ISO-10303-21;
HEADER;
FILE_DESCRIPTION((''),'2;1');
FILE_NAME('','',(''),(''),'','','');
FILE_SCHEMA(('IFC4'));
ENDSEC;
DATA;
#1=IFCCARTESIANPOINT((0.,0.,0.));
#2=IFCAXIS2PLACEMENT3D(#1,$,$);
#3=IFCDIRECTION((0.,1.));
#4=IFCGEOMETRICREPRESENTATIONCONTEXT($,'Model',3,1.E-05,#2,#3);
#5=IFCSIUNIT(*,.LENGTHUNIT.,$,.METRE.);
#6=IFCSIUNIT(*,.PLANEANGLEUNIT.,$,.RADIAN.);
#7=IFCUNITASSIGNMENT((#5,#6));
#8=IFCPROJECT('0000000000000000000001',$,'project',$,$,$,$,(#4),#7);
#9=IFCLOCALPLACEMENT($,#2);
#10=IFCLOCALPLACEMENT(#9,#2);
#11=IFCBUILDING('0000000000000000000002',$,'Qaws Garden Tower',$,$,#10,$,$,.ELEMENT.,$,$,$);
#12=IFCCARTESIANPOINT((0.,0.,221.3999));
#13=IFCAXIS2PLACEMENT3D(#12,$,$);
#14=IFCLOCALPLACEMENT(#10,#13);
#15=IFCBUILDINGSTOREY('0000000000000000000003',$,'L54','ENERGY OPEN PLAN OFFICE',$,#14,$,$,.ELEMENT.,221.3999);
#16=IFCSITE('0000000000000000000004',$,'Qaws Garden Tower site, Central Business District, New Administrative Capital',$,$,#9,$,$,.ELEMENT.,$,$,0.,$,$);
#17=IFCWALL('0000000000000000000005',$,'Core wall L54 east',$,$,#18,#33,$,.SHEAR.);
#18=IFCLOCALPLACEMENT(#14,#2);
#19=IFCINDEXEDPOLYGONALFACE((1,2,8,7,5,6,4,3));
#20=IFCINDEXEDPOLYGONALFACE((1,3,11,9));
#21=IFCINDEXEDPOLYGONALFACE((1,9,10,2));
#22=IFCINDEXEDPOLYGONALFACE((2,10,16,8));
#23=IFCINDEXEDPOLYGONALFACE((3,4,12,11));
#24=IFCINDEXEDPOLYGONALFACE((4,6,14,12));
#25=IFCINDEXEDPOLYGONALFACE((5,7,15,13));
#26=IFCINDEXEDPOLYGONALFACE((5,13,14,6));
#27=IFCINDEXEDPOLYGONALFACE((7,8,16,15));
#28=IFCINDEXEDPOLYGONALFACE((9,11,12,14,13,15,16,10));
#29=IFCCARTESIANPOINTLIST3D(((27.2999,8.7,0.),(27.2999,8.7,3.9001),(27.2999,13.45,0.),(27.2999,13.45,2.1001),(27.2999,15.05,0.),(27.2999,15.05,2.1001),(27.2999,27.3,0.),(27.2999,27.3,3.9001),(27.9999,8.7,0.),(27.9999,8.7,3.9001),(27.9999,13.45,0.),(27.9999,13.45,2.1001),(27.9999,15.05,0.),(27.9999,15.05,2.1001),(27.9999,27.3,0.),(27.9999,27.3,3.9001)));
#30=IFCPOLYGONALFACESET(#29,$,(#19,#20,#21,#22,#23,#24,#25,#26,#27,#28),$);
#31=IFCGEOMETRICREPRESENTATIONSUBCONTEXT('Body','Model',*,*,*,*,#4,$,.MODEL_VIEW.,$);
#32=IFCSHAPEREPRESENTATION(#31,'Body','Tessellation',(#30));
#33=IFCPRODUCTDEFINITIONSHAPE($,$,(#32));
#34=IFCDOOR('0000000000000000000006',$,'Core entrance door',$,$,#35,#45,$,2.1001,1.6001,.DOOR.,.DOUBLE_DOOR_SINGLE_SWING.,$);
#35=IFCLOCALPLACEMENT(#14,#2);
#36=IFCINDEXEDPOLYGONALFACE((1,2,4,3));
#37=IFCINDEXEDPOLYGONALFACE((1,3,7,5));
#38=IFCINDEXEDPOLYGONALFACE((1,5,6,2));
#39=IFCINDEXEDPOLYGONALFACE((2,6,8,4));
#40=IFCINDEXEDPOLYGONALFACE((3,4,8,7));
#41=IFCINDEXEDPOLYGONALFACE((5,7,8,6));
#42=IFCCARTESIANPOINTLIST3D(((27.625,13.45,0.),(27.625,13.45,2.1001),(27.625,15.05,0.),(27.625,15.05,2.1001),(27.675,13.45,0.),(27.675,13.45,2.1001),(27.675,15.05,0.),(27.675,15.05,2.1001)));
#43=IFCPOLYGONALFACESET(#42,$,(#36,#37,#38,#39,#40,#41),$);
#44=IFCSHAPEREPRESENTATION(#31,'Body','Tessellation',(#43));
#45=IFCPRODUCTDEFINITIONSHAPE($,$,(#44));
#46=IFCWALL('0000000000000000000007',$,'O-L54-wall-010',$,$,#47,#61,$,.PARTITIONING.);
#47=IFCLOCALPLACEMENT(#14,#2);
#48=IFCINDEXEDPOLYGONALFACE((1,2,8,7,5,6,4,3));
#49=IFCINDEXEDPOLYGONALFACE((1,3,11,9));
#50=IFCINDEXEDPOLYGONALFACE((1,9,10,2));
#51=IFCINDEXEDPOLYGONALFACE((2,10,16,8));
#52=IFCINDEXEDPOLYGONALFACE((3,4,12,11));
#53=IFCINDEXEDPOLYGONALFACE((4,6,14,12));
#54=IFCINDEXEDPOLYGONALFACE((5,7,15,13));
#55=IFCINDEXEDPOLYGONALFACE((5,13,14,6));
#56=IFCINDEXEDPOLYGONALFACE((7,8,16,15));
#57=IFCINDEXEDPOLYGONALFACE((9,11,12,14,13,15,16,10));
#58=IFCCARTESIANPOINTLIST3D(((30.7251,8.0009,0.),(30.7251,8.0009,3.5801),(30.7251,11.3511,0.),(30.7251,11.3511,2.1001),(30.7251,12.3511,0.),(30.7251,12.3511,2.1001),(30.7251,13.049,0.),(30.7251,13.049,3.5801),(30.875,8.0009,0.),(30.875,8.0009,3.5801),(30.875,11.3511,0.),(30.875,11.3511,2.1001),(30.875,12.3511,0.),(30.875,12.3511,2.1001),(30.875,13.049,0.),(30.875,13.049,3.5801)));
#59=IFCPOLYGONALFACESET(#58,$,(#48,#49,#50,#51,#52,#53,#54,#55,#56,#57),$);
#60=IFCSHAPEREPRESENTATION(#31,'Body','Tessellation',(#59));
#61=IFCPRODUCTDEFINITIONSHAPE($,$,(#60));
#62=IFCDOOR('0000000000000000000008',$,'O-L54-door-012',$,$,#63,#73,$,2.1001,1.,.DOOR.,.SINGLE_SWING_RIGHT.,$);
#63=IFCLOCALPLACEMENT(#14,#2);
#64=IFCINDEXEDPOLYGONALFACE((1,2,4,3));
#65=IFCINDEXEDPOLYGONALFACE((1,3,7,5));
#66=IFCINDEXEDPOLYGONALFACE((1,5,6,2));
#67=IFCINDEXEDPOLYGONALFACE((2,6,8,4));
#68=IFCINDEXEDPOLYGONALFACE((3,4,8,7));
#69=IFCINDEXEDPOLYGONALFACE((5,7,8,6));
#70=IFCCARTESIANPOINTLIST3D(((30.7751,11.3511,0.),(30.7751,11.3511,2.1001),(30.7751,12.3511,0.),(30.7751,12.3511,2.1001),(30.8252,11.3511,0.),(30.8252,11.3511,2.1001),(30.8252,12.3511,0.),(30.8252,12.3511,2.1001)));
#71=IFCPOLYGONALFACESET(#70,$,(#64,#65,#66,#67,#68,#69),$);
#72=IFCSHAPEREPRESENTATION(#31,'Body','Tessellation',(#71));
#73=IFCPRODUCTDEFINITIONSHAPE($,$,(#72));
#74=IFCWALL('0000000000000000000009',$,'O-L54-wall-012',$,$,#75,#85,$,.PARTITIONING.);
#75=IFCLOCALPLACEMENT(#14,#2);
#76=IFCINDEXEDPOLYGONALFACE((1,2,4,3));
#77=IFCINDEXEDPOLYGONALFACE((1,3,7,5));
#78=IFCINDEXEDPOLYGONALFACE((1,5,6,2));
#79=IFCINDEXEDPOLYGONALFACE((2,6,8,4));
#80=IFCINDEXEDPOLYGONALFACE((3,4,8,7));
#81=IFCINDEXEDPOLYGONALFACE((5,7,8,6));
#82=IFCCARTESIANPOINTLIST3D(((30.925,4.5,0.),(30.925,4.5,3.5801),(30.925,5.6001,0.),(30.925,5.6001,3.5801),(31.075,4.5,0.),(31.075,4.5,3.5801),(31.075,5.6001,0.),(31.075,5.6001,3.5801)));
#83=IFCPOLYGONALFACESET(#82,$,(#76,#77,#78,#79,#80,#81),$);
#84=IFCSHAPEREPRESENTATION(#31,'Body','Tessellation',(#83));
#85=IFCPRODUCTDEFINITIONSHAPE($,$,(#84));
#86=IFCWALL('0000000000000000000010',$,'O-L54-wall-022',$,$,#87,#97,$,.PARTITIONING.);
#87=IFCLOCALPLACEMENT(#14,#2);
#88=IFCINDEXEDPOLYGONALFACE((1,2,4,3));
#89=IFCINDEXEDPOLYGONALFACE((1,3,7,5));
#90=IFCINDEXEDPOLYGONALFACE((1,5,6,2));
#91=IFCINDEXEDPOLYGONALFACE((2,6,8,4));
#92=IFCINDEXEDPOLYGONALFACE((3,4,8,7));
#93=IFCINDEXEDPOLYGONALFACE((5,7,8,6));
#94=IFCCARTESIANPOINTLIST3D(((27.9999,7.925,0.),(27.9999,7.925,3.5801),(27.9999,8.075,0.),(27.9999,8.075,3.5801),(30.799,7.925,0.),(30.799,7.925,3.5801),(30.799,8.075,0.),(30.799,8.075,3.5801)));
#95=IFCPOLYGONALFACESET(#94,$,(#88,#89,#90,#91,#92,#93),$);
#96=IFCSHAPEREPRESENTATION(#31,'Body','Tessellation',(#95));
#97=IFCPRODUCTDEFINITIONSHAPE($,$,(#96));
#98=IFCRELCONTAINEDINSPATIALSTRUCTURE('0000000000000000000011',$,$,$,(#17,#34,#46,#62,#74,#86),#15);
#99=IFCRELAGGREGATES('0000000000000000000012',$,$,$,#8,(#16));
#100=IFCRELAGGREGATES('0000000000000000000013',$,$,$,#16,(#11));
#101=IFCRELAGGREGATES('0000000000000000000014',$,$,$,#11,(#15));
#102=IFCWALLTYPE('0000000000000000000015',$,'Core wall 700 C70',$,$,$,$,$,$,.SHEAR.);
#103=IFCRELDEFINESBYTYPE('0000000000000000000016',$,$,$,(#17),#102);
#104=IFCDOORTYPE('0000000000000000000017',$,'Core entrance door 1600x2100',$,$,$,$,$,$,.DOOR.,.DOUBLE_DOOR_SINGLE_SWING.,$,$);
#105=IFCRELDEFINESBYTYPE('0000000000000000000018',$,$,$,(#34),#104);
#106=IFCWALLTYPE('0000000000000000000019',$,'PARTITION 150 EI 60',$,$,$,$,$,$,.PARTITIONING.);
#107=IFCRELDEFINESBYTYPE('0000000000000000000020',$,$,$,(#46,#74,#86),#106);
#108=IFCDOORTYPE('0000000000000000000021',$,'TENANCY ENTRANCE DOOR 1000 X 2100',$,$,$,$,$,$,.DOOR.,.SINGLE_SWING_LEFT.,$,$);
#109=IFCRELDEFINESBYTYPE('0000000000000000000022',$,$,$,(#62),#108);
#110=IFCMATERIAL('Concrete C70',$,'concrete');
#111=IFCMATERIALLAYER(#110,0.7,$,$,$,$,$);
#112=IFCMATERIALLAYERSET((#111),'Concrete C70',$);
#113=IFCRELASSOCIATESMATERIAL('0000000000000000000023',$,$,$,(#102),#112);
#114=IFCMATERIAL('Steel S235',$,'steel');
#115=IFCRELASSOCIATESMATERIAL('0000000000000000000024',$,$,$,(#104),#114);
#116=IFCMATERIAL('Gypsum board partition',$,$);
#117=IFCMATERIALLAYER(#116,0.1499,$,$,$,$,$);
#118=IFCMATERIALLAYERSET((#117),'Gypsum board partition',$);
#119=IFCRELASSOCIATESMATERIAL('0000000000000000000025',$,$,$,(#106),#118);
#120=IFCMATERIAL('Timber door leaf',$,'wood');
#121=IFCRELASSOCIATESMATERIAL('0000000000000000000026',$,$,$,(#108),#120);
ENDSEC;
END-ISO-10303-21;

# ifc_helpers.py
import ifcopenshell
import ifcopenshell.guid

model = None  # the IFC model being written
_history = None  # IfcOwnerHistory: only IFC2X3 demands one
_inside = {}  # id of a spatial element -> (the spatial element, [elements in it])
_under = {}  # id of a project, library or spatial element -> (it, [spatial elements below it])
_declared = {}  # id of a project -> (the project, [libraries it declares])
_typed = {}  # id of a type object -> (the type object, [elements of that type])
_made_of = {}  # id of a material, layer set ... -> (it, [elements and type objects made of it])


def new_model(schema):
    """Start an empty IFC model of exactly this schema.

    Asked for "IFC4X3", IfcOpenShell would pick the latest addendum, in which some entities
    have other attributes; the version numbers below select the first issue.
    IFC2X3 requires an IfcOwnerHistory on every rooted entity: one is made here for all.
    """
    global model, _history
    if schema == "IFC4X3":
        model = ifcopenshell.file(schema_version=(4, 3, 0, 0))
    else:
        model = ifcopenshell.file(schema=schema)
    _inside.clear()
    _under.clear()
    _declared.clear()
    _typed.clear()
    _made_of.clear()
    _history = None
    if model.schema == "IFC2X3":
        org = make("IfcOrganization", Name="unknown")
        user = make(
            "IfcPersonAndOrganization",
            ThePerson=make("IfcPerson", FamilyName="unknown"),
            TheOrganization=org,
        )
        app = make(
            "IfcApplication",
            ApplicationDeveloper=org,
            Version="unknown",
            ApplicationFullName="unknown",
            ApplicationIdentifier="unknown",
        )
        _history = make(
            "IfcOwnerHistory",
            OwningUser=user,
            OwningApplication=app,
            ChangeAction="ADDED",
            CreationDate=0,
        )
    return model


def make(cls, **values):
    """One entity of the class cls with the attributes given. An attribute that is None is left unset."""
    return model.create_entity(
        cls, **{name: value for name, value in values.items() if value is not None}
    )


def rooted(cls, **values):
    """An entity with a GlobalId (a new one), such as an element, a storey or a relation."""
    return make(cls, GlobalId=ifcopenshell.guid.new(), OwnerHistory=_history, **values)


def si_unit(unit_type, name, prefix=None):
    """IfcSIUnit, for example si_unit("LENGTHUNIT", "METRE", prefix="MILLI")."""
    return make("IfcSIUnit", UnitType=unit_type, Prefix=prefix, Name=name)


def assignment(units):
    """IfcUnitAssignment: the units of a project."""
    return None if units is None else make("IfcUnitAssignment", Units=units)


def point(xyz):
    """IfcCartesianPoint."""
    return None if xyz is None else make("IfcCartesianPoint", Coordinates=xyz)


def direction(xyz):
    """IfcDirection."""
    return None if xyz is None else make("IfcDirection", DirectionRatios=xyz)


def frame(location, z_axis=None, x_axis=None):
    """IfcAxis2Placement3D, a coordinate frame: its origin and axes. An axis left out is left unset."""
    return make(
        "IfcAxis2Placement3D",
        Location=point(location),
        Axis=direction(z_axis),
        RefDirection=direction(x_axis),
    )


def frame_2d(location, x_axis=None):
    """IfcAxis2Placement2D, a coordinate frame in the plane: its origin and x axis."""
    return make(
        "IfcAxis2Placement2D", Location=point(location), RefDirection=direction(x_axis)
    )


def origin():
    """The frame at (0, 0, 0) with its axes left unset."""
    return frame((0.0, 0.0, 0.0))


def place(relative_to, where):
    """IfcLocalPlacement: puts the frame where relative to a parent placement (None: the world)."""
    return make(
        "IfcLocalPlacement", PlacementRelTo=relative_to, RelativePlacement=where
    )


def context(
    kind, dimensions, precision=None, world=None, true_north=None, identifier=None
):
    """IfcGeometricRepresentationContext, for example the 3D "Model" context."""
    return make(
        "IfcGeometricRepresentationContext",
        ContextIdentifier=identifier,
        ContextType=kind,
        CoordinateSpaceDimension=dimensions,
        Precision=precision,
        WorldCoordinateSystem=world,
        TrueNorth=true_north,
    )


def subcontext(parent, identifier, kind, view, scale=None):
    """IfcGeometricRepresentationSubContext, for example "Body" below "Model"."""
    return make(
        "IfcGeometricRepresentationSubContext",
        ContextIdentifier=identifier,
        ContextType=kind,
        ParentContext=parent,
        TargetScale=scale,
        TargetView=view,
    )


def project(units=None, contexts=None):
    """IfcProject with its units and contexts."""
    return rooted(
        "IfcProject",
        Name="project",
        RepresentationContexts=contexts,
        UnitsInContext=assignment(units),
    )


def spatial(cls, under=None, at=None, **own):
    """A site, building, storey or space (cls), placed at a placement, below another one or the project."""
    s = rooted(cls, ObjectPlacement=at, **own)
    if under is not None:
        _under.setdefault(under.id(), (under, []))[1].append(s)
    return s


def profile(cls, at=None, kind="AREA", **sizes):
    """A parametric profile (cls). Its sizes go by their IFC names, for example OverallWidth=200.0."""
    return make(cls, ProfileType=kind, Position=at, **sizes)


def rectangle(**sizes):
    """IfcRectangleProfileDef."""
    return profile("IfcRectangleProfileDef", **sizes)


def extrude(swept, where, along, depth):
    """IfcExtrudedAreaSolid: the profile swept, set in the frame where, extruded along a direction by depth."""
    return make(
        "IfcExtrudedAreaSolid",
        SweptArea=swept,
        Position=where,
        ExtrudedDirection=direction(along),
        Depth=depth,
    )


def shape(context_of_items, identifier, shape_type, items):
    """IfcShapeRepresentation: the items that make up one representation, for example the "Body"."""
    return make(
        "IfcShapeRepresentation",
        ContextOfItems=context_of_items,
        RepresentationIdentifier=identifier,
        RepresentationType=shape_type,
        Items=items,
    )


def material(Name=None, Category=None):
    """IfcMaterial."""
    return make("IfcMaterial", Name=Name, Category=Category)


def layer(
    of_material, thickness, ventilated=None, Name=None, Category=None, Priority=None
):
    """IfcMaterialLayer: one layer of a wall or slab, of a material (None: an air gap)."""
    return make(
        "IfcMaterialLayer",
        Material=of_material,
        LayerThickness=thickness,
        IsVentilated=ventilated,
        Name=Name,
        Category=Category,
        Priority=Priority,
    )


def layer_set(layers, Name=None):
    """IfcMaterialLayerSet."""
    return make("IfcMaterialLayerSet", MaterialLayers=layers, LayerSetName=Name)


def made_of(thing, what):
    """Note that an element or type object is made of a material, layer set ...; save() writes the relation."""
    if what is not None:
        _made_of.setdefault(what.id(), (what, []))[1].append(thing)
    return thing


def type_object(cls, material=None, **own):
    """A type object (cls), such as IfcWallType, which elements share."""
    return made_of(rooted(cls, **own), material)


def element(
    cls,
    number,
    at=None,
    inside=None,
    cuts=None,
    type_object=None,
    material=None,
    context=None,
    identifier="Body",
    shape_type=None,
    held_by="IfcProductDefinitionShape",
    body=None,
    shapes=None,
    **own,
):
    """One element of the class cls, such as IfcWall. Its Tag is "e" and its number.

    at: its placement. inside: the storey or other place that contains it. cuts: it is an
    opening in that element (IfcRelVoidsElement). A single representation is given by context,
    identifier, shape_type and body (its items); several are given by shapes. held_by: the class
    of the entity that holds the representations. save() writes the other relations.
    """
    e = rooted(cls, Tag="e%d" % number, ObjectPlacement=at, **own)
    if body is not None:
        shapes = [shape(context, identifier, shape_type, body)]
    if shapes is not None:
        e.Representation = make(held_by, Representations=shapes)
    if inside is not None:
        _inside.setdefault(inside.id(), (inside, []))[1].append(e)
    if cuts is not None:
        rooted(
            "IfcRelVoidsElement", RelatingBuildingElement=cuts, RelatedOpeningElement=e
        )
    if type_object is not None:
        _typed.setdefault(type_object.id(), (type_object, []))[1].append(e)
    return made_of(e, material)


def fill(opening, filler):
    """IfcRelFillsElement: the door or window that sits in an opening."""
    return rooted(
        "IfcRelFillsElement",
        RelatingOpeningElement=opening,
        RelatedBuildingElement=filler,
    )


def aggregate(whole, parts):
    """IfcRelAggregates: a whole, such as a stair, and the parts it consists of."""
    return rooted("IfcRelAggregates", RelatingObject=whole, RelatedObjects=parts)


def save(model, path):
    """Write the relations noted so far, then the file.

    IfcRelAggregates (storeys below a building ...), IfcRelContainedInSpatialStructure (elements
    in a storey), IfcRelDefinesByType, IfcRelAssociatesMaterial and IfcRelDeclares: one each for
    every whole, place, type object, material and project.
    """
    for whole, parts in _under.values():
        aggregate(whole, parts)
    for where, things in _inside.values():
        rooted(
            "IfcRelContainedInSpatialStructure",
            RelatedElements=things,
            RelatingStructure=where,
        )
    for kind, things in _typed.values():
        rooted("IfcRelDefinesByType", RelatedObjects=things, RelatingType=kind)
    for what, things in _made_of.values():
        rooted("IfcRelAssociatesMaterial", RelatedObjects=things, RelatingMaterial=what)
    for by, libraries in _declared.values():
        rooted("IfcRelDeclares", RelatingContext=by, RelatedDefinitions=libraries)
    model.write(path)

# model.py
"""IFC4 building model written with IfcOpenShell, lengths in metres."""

from ifc_helpers import new_model, si_unit, direction, frame, frame_2d, origin, place, context, subcontext, project, spatial, rectangle, extrude, material, layer, layer_set, type_object, element, fill, save


model = new_model("IFC4")

# Units and contexts
model_context = context("Model", 3, precision=1e-05, world=origin(), true_north=direction((0.0, 1.0)))
body_context = subcontext(model_context, "Body", "Model", "MODEL_VIEW")
ifc_project = project(units=[si_unit("LENGTHUNIT", "METRE"), si_unit("PLANEANGLEUNIT", "RADIAN")], contexts=[model_context])

# Site, building, storey
site_placement = place(None, origin())
site = spatial("IfcSite", under=ifc_project, at=site_placement, Name="Qaws Garden Tower site, Central Business District, New Administrative Capital", CompositionType="ELEMENT", RefElevation=0.0)
building_placement = place(site_placement, origin())
building = spatial("IfcBuilding", under=site, at=building_placement, Name="Qaws Garden Tower", CompositionType="ELEMENT")
storey_placement = place(building_placement, frame((0.0, 0.0, 221.3999)))
storey = spatial("IfcBuildingStorey", under=building, at=storey_placement, Name="L54", Description="ENERGY OPEN PLAN OFFICE", CompositionType="ELEMENT", Elevation=221.3999)

# Walls, openings, doors
ifc_material_1 = material(Name="Concrete C70", Category="concrete")
ifc_layer_1 = layer(ifc_material_1, 0.7)
ifc_layer_set_1 = layer_set([ifc_layer_1], Name="Concrete C70")
wall_type_1 = type_object("IfcWallType", Name="Core wall 700 C70", PredefinedType="SHEAR", material=ifc_layer_set_1)
wall_1_placement = place(storey_placement, frame((27.6499, 8.7, 0.0), z_axis=(0.0, 0.0, 1.0), x_axis=(0.0, 1.0, 0.0)))
wall_1 = element("IfcWall", 1, at=wall_1_placement, inside=storey, type_object=wall_type_1, Name="Core wall L54 east", PredefinedType="SHEAR", context=body_context, shape_type="SweptSolid", body=[
    extrude(rectangle(XDim=18.6001, YDim=0.7, at=frame_2d((9.3, 0.0))), origin(), (0.0, 0.0, 1.0), 3.9001),
])
opening_1_placement = place(wall_1_placement, frame((4.75, 0.0, 0.0)))
opening_1 = element("IfcOpeningElement", 2, at=opening_1_placement, cuts=wall_1, PredefinedType="OPENING", context=body_context, shape_type="SweptSolid", body=[
    extrude(rectangle(XDim=1.6001, YDim=2.1001, at=frame_2d((0.8, 1.05))), frame((0.0, 0.3599, 0.0), z_axis=(0.0, -1.0, 0.0), x_axis=(1.0, 0.0, 0.0)), (0.0, 0.0, 1.0), 0.72),
])
ifc_material_2 = material(Name="Steel S235", Category="steel")
door_type_1 = type_object("IfcDoorType", Name="Core entrance door 1600x2100", OperationType="DOUBLE_DOOR_SINGLE_SWING", PredefinedType="DOOR", material=ifc_material_2)
door_1_placement = place(opening_1_placement, origin())
door_1 = element("IfcDoor", 3, at=door_1_placement, inside=storey, type_object=door_type_1, Name="Core entrance door", OperationType="DOUBLE_DOOR_SINGLE_SWING", OverallHeight=2.1001, OverallWidth=1.6001, PredefinedType="DOOR", context=body_context, shape_type="SweptSolid", body=[
    extrude(rectangle(XDim=1.6001, YDim=2.1001, at=frame_2d((0.8, 1.05))), frame((0.0, 0.0249, 0.0), z_axis=(0.0, -1.0, 0.0), x_axis=(1.0, 0.0, 0.0)), (0.0, 0.0, 1.0), 0.05),
])
fill(opening_1, door_1)
ifc_material_3 = material(Name="Gypsum board partition")
ifc_layer_2 = layer(ifc_material_3, 0.1499)
ifc_layer_set_2 = layer_set([ifc_layer_2], Name="Gypsum board partition")
wall_type_2 = type_object("IfcWallType", Name="PARTITION 150 EI 60", PredefinedType="PARTITIONING", material=ifc_layer_set_2)
wall_2_placement = place(storey_placement, frame((30.8, 8.001, 0.0), z_axis=(0.0, 0.0, 1.0), x_axis=(0.0, 1.0, 0.0)))
wall_2 = element("IfcWall", 4, at=wall_2_placement, inside=storey, type_object=wall_type_2, Name="O-L54-wall-010", PredefinedType="PARTITIONING", context=body_context, shape_type="SweptSolid", body=[
    extrude(rectangle(XDim=5.0481, YDim=0.1499, at=frame_2d((2.5239, 0.0))), origin(), (0.0, 0.0, 1.0), 3.5801),
])
opening_2_placement = place(wall_2_placement, frame((3.3501, 0.0, 0.0)))
opening_2 = element("IfcOpeningElement", 5, at=opening_2_placement, cuts=wall_2, PredefinedType="OPENING", context=body_context, shape_type="SweptSolid", body=[
    extrude(rectangle(XDim=1.0, YDim=2.1001, at=frame_2d((0.5, 1.05))), frame((0.0, 0.085, 0.0), z_axis=(0.0, -1.0, 0.0), x_axis=(1.0, 0.0, 0.0)), (0.0, 0.0, 1.0), 0.1699),
])
ifc_material_4 = material(Name="Timber door leaf", Category="wood")
door_type_2 = type_object("IfcDoorType", Name="TENANCY ENTRANCE DOOR 1000 X 2100", OperationType="SINGLE_SWING_LEFT", PredefinedType="DOOR", material=ifc_material_4)
door_2_placement = place(opening_2_placement, origin())
door_2 = element("IfcDoor", 6, at=door_2_placement, inside=storey, type_object=door_type_2, Name="O-L54-door-012", OperationType="SINGLE_SWING_RIGHT", OverallHeight=2.1001, OverallWidth=1.0, PredefinedType="DOOR", context=body_context, shape_type="SweptSolid", body=[
    extrude(rectangle(XDim=1.0, YDim=2.1001, at=frame_2d((0.5, 1.05))), frame((0.0, 0.0249, 0.0), z_axis=(0.0, -1.0, 0.0), x_axis=(1.0, 0.0, 0.0)), (0.0, 0.0, 1.0), 0.05),
])
fill(opening_2, door_2)

# Walls
wall_3_placement = place(storey_placement, frame((31.0, 4.5, 0.0), z_axis=(0.0, 0.0, 1.0), x_axis=(0.0, 1.0, 0.0)))
element("IfcWall", 7, at=wall_3_placement, inside=storey, type_object=wall_type_2, Name="O-L54-wall-012", PredefinedType="PARTITIONING", context=body_context, shape_type="SweptSolid", body=[
    extrude(rectangle(XDim=1.1001, YDim=0.1499, at=frame_2d((0.55, 0.0))), origin(), (0.0, 0.0, 1.0), 3.5801),
])
wall_4_placement = place(storey_placement, frame((28.0, 8.0, 0.0), z_axis=(0.0, 0.0, 1.0), x_axis=(1.0, 0.0, 0.0)))
element("IfcWall", 8, at=wall_4_placement, inside=storey, type_object=wall_type_2, Name="O-L54-wall-022", PredefinedType="PARTITIONING", context=body_context, shape_type="SweptSolid", body=[
    extrude(rectangle(XDim=2.7991, YDim=0.1499, at=frame_2d((1.3994, 0.0))), origin(), (0.0, 0.0, 1.0), 3.5801),
])

save(model, "model.ifc")
